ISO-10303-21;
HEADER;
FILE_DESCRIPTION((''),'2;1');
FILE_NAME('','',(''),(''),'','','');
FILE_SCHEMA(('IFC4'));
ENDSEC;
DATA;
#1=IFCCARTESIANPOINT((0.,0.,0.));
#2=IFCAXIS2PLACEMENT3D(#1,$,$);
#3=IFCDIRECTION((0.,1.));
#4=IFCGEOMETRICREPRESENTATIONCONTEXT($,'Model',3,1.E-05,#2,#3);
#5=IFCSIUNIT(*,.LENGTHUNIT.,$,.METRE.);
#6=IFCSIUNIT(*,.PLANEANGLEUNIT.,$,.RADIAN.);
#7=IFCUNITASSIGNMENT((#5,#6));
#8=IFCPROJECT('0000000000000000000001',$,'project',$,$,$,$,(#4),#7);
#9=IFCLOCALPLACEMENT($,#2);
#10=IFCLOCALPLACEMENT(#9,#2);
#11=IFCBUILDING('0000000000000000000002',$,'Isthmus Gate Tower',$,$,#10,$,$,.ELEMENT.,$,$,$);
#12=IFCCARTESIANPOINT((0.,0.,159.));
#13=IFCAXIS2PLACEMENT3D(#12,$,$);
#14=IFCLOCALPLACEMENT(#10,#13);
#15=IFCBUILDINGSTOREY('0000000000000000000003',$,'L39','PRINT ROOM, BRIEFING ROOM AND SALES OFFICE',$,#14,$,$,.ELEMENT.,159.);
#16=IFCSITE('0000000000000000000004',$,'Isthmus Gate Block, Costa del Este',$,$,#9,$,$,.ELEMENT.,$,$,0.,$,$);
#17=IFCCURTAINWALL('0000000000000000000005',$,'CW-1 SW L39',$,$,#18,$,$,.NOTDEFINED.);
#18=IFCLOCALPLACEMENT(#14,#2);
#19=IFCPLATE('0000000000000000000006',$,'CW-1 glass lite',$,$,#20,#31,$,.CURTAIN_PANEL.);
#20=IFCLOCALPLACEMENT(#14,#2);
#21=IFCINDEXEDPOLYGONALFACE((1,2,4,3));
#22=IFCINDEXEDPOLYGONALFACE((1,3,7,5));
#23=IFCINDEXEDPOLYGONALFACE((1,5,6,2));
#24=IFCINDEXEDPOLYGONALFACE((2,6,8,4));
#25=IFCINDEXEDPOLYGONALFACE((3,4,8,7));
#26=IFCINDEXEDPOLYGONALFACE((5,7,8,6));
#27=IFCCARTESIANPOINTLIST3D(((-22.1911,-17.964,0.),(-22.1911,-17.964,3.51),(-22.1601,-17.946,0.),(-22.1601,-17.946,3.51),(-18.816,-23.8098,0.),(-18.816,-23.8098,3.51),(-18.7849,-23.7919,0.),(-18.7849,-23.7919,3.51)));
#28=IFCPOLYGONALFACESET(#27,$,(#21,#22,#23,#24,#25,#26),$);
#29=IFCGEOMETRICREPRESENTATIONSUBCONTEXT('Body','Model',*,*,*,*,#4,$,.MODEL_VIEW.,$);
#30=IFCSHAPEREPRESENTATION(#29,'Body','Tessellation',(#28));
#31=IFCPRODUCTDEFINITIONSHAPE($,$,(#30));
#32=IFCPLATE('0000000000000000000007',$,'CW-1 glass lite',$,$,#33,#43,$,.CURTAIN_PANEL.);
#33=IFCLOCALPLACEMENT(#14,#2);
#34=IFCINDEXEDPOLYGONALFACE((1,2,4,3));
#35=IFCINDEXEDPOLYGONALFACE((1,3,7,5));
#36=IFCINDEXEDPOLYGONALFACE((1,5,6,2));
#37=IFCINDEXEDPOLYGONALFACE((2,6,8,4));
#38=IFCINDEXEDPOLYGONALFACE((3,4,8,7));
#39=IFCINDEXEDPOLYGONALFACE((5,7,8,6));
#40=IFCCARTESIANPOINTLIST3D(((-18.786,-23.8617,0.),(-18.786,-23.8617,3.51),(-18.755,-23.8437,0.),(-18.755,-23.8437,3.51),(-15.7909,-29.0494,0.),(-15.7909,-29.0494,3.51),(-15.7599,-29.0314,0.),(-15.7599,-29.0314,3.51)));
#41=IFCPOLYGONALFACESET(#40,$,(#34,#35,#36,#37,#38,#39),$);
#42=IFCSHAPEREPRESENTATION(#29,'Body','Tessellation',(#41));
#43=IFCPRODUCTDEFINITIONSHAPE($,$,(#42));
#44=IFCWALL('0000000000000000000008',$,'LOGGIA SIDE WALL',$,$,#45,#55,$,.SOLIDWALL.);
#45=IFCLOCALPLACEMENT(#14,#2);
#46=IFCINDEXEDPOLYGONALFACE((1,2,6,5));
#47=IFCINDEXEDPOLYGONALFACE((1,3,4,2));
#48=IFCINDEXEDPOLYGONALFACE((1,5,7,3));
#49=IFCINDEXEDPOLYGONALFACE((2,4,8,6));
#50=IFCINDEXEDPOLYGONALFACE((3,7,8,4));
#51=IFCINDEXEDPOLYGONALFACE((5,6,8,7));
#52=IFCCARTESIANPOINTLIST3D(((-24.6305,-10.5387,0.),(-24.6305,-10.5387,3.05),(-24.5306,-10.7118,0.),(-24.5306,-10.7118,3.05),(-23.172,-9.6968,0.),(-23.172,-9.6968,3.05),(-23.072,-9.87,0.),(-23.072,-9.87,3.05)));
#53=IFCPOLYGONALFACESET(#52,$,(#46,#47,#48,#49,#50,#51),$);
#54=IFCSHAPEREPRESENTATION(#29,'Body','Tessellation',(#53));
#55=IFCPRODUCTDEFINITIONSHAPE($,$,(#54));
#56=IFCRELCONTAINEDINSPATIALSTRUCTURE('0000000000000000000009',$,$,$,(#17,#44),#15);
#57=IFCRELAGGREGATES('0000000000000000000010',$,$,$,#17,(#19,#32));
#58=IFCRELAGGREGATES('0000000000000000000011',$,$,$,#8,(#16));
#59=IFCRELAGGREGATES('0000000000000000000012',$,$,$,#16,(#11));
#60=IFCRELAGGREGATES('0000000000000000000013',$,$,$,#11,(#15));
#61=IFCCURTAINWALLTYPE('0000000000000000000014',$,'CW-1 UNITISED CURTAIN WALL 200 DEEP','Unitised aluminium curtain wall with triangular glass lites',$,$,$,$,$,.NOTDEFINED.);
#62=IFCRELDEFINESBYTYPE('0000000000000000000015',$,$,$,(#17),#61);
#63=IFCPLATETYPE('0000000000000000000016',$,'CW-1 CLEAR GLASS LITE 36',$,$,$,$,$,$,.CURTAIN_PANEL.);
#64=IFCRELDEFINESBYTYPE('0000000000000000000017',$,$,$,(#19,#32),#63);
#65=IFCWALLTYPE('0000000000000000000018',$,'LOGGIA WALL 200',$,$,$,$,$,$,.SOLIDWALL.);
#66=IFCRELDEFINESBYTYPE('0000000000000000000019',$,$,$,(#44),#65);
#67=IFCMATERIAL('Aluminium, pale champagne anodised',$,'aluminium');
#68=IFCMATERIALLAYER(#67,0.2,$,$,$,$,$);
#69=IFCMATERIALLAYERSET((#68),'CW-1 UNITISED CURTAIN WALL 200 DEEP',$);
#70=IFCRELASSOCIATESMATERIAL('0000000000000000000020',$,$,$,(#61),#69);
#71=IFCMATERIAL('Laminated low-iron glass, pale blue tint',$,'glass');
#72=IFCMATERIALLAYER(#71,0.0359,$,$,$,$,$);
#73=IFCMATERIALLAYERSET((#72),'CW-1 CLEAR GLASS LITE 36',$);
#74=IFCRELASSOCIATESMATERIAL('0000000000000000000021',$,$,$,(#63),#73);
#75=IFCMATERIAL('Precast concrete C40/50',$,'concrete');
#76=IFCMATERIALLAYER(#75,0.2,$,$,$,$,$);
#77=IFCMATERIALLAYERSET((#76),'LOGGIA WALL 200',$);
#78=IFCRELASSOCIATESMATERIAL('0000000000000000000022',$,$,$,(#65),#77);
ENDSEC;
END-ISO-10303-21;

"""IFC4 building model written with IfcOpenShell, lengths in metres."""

from ifc_helpers import new_model, si_unit, direction, frame, frame_2d, origin, origin_2d, place, context, subcontext, project, spatial, rectangle, extrude, material, layer, layer_set, type_object, element, aggregate, save


model = new_model("IFC4")

# Units and contexts
model_context = context("Model", 3, precision=1e-05, world=origin(), true_north=direction((0.0, 1.0)))
body_context = subcontext(model_context, "Body", "Model", "MODEL_VIEW")
ifc_project = project(units=[si_unit("LENGTHUNIT", "METRE"), si_unit("PLANEANGLEUNIT", "RADIAN")], contexts=[model_context])

# Site, building, storey
site_placement = place(None, origin())
site = spatial("IfcSite", under=ifc_project, at=site_placement, Name="Isthmus Gate Block, Costa del Este", CompositionType="ELEMENT", RefElevation=0.0)
building_placement = place(site_placement, origin())
building = spatial("IfcBuilding", under=site, at=building_placement, Name="Isthmus Gate Tower", CompositionType="ELEMENT")
storey_placement = place(building_placement, frame((0.0, 0.0, 159.0)))
storey = spatial("IfcBuildingStorey", under=building, at=storey_placement, Name="L39", Description="PRINT ROOM, BRIEFING ROOM AND SALES OFFICE", CompositionType="ELEMENT", Elevation=159.0)

# Curtain wall
ifc_material_1 = material(Name="Aluminium, pale champagne anodised", Category="aluminium")
ifc_layer_1 = layer(ifc_material_1, 0.2)
ifc_layer_set_1 = layer_set([ifc_layer_1], Name="CW-1 UNITISED CURTAIN WALL 200 DEEP")
curtain_wall_type = type_object("IfcCurtainWallType", Name="CW-1 UNITISED CURTAIN WALL 200 DEEP", Description="Unitised aluminium curtain wall with triangular glass lites", PredefinedType="NOTDEFINED", material=ifc_layer_set_1)
curtain_wall_1_placement = place(storey_placement, origin())
curtain_wall_1 = element("IfcCurtainWall", 1, at=curtain_wall_1_placement, inside=storey, type_object=curtain_wall_type, Name="CW-1 SW L39", PredefinedType="NOTDEFINED")

# Plates
ifc_material_2 = material(Name="Laminated low-iron glass, pale blue tint", Category="glass")
ifc_layer_2 = layer(ifc_material_2, 0.0359)
ifc_layer_set_2 = layer_set([ifc_layer_2], Name="CW-1 CLEAR GLASS LITE 36")
plate_type = type_object("IfcPlateType", Name="CW-1 CLEAR GLASS LITE 36", PredefinedType="CURTAIN_PANEL", material=ifc_layer_set_2)
plate_1_placement = place(storey_placement, frame((-20.488, -20.8779, 0.0), z_axis=(0.0, 0.0, 1.0), x_axis=(0.5, -0.866025, 0.0)))
plate_1 = element("IfcPlate", 2, at=plate_1_placement, type_object=plate_type, Name="CW-1 glass lite", PredefinedType="CURTAIN_PANEL", context=body_context, shape_type="SweptSolid", body=[
    extrude(rectangle(XDim=6.7502, YDim=0.0359, at=origin_2d()), origin(), (0.0, 0.0, 1.0), 3.51),
])
plate_2_placement = place(storey_placement, frame((-17.2729, -26.4465, 0.0), z_axis=(0.0, 0.0, 1.0), x_axis=(0.5, -0.866025, 0.0)))
plate_2 = element("IfcPlate", 3, at=plate_2_placement, type_object=plate_type, Name="CW-1 glass lite", PredefinedType="CURTAIN_PANEL", context=body_context, shape_type="SweptSolid", body=[
    extrude(rectangle(XDim=5.9902, YDim=0.0359, at=origin_2d()), origin(), (0.0, 0.0, 1.0), 3.51),
])
aggregate(curtain_wall_1, [plate_1, plate_2])

# Wall
ifc_material_3 = material(Name="Precast concrete C40/50", Category="concrete")
ifc_layer_3 = layer(ifc_material_3, 0.2)
ifc_layer_set_3 = layer_set([ifc_layer_3], Name="LOGGIA WALL 200")
wall_type = type_object("IfcWallType", Name="LOGGIA WALL 200", PredefinedType="SOLIDWALL", material=ifc_layer_set_3)
wall_placement = place(storey_placement, frame((-24.5806, -10.6252, 0.0), z_axis=(0.0, 0.0, 1.0), x_axis=(0.866094, 0.499881, 0.0)))
element("IfcWall", 4, at=wall_placement, inside=storey, type_object=wall_type, Name="LOGGIA SIDE WALL", PredefinedType="SOLIDWALL", context=body_context, shape_type="SweptSolid", body=[
    extrude(rectangle(XDim=1.6841, YDim=0.2, at=frame_2d((0.842, 0.0))), origin(), (0.0, 0.0, 1.0), 3.05),
])

save(model, "model.ifc")
